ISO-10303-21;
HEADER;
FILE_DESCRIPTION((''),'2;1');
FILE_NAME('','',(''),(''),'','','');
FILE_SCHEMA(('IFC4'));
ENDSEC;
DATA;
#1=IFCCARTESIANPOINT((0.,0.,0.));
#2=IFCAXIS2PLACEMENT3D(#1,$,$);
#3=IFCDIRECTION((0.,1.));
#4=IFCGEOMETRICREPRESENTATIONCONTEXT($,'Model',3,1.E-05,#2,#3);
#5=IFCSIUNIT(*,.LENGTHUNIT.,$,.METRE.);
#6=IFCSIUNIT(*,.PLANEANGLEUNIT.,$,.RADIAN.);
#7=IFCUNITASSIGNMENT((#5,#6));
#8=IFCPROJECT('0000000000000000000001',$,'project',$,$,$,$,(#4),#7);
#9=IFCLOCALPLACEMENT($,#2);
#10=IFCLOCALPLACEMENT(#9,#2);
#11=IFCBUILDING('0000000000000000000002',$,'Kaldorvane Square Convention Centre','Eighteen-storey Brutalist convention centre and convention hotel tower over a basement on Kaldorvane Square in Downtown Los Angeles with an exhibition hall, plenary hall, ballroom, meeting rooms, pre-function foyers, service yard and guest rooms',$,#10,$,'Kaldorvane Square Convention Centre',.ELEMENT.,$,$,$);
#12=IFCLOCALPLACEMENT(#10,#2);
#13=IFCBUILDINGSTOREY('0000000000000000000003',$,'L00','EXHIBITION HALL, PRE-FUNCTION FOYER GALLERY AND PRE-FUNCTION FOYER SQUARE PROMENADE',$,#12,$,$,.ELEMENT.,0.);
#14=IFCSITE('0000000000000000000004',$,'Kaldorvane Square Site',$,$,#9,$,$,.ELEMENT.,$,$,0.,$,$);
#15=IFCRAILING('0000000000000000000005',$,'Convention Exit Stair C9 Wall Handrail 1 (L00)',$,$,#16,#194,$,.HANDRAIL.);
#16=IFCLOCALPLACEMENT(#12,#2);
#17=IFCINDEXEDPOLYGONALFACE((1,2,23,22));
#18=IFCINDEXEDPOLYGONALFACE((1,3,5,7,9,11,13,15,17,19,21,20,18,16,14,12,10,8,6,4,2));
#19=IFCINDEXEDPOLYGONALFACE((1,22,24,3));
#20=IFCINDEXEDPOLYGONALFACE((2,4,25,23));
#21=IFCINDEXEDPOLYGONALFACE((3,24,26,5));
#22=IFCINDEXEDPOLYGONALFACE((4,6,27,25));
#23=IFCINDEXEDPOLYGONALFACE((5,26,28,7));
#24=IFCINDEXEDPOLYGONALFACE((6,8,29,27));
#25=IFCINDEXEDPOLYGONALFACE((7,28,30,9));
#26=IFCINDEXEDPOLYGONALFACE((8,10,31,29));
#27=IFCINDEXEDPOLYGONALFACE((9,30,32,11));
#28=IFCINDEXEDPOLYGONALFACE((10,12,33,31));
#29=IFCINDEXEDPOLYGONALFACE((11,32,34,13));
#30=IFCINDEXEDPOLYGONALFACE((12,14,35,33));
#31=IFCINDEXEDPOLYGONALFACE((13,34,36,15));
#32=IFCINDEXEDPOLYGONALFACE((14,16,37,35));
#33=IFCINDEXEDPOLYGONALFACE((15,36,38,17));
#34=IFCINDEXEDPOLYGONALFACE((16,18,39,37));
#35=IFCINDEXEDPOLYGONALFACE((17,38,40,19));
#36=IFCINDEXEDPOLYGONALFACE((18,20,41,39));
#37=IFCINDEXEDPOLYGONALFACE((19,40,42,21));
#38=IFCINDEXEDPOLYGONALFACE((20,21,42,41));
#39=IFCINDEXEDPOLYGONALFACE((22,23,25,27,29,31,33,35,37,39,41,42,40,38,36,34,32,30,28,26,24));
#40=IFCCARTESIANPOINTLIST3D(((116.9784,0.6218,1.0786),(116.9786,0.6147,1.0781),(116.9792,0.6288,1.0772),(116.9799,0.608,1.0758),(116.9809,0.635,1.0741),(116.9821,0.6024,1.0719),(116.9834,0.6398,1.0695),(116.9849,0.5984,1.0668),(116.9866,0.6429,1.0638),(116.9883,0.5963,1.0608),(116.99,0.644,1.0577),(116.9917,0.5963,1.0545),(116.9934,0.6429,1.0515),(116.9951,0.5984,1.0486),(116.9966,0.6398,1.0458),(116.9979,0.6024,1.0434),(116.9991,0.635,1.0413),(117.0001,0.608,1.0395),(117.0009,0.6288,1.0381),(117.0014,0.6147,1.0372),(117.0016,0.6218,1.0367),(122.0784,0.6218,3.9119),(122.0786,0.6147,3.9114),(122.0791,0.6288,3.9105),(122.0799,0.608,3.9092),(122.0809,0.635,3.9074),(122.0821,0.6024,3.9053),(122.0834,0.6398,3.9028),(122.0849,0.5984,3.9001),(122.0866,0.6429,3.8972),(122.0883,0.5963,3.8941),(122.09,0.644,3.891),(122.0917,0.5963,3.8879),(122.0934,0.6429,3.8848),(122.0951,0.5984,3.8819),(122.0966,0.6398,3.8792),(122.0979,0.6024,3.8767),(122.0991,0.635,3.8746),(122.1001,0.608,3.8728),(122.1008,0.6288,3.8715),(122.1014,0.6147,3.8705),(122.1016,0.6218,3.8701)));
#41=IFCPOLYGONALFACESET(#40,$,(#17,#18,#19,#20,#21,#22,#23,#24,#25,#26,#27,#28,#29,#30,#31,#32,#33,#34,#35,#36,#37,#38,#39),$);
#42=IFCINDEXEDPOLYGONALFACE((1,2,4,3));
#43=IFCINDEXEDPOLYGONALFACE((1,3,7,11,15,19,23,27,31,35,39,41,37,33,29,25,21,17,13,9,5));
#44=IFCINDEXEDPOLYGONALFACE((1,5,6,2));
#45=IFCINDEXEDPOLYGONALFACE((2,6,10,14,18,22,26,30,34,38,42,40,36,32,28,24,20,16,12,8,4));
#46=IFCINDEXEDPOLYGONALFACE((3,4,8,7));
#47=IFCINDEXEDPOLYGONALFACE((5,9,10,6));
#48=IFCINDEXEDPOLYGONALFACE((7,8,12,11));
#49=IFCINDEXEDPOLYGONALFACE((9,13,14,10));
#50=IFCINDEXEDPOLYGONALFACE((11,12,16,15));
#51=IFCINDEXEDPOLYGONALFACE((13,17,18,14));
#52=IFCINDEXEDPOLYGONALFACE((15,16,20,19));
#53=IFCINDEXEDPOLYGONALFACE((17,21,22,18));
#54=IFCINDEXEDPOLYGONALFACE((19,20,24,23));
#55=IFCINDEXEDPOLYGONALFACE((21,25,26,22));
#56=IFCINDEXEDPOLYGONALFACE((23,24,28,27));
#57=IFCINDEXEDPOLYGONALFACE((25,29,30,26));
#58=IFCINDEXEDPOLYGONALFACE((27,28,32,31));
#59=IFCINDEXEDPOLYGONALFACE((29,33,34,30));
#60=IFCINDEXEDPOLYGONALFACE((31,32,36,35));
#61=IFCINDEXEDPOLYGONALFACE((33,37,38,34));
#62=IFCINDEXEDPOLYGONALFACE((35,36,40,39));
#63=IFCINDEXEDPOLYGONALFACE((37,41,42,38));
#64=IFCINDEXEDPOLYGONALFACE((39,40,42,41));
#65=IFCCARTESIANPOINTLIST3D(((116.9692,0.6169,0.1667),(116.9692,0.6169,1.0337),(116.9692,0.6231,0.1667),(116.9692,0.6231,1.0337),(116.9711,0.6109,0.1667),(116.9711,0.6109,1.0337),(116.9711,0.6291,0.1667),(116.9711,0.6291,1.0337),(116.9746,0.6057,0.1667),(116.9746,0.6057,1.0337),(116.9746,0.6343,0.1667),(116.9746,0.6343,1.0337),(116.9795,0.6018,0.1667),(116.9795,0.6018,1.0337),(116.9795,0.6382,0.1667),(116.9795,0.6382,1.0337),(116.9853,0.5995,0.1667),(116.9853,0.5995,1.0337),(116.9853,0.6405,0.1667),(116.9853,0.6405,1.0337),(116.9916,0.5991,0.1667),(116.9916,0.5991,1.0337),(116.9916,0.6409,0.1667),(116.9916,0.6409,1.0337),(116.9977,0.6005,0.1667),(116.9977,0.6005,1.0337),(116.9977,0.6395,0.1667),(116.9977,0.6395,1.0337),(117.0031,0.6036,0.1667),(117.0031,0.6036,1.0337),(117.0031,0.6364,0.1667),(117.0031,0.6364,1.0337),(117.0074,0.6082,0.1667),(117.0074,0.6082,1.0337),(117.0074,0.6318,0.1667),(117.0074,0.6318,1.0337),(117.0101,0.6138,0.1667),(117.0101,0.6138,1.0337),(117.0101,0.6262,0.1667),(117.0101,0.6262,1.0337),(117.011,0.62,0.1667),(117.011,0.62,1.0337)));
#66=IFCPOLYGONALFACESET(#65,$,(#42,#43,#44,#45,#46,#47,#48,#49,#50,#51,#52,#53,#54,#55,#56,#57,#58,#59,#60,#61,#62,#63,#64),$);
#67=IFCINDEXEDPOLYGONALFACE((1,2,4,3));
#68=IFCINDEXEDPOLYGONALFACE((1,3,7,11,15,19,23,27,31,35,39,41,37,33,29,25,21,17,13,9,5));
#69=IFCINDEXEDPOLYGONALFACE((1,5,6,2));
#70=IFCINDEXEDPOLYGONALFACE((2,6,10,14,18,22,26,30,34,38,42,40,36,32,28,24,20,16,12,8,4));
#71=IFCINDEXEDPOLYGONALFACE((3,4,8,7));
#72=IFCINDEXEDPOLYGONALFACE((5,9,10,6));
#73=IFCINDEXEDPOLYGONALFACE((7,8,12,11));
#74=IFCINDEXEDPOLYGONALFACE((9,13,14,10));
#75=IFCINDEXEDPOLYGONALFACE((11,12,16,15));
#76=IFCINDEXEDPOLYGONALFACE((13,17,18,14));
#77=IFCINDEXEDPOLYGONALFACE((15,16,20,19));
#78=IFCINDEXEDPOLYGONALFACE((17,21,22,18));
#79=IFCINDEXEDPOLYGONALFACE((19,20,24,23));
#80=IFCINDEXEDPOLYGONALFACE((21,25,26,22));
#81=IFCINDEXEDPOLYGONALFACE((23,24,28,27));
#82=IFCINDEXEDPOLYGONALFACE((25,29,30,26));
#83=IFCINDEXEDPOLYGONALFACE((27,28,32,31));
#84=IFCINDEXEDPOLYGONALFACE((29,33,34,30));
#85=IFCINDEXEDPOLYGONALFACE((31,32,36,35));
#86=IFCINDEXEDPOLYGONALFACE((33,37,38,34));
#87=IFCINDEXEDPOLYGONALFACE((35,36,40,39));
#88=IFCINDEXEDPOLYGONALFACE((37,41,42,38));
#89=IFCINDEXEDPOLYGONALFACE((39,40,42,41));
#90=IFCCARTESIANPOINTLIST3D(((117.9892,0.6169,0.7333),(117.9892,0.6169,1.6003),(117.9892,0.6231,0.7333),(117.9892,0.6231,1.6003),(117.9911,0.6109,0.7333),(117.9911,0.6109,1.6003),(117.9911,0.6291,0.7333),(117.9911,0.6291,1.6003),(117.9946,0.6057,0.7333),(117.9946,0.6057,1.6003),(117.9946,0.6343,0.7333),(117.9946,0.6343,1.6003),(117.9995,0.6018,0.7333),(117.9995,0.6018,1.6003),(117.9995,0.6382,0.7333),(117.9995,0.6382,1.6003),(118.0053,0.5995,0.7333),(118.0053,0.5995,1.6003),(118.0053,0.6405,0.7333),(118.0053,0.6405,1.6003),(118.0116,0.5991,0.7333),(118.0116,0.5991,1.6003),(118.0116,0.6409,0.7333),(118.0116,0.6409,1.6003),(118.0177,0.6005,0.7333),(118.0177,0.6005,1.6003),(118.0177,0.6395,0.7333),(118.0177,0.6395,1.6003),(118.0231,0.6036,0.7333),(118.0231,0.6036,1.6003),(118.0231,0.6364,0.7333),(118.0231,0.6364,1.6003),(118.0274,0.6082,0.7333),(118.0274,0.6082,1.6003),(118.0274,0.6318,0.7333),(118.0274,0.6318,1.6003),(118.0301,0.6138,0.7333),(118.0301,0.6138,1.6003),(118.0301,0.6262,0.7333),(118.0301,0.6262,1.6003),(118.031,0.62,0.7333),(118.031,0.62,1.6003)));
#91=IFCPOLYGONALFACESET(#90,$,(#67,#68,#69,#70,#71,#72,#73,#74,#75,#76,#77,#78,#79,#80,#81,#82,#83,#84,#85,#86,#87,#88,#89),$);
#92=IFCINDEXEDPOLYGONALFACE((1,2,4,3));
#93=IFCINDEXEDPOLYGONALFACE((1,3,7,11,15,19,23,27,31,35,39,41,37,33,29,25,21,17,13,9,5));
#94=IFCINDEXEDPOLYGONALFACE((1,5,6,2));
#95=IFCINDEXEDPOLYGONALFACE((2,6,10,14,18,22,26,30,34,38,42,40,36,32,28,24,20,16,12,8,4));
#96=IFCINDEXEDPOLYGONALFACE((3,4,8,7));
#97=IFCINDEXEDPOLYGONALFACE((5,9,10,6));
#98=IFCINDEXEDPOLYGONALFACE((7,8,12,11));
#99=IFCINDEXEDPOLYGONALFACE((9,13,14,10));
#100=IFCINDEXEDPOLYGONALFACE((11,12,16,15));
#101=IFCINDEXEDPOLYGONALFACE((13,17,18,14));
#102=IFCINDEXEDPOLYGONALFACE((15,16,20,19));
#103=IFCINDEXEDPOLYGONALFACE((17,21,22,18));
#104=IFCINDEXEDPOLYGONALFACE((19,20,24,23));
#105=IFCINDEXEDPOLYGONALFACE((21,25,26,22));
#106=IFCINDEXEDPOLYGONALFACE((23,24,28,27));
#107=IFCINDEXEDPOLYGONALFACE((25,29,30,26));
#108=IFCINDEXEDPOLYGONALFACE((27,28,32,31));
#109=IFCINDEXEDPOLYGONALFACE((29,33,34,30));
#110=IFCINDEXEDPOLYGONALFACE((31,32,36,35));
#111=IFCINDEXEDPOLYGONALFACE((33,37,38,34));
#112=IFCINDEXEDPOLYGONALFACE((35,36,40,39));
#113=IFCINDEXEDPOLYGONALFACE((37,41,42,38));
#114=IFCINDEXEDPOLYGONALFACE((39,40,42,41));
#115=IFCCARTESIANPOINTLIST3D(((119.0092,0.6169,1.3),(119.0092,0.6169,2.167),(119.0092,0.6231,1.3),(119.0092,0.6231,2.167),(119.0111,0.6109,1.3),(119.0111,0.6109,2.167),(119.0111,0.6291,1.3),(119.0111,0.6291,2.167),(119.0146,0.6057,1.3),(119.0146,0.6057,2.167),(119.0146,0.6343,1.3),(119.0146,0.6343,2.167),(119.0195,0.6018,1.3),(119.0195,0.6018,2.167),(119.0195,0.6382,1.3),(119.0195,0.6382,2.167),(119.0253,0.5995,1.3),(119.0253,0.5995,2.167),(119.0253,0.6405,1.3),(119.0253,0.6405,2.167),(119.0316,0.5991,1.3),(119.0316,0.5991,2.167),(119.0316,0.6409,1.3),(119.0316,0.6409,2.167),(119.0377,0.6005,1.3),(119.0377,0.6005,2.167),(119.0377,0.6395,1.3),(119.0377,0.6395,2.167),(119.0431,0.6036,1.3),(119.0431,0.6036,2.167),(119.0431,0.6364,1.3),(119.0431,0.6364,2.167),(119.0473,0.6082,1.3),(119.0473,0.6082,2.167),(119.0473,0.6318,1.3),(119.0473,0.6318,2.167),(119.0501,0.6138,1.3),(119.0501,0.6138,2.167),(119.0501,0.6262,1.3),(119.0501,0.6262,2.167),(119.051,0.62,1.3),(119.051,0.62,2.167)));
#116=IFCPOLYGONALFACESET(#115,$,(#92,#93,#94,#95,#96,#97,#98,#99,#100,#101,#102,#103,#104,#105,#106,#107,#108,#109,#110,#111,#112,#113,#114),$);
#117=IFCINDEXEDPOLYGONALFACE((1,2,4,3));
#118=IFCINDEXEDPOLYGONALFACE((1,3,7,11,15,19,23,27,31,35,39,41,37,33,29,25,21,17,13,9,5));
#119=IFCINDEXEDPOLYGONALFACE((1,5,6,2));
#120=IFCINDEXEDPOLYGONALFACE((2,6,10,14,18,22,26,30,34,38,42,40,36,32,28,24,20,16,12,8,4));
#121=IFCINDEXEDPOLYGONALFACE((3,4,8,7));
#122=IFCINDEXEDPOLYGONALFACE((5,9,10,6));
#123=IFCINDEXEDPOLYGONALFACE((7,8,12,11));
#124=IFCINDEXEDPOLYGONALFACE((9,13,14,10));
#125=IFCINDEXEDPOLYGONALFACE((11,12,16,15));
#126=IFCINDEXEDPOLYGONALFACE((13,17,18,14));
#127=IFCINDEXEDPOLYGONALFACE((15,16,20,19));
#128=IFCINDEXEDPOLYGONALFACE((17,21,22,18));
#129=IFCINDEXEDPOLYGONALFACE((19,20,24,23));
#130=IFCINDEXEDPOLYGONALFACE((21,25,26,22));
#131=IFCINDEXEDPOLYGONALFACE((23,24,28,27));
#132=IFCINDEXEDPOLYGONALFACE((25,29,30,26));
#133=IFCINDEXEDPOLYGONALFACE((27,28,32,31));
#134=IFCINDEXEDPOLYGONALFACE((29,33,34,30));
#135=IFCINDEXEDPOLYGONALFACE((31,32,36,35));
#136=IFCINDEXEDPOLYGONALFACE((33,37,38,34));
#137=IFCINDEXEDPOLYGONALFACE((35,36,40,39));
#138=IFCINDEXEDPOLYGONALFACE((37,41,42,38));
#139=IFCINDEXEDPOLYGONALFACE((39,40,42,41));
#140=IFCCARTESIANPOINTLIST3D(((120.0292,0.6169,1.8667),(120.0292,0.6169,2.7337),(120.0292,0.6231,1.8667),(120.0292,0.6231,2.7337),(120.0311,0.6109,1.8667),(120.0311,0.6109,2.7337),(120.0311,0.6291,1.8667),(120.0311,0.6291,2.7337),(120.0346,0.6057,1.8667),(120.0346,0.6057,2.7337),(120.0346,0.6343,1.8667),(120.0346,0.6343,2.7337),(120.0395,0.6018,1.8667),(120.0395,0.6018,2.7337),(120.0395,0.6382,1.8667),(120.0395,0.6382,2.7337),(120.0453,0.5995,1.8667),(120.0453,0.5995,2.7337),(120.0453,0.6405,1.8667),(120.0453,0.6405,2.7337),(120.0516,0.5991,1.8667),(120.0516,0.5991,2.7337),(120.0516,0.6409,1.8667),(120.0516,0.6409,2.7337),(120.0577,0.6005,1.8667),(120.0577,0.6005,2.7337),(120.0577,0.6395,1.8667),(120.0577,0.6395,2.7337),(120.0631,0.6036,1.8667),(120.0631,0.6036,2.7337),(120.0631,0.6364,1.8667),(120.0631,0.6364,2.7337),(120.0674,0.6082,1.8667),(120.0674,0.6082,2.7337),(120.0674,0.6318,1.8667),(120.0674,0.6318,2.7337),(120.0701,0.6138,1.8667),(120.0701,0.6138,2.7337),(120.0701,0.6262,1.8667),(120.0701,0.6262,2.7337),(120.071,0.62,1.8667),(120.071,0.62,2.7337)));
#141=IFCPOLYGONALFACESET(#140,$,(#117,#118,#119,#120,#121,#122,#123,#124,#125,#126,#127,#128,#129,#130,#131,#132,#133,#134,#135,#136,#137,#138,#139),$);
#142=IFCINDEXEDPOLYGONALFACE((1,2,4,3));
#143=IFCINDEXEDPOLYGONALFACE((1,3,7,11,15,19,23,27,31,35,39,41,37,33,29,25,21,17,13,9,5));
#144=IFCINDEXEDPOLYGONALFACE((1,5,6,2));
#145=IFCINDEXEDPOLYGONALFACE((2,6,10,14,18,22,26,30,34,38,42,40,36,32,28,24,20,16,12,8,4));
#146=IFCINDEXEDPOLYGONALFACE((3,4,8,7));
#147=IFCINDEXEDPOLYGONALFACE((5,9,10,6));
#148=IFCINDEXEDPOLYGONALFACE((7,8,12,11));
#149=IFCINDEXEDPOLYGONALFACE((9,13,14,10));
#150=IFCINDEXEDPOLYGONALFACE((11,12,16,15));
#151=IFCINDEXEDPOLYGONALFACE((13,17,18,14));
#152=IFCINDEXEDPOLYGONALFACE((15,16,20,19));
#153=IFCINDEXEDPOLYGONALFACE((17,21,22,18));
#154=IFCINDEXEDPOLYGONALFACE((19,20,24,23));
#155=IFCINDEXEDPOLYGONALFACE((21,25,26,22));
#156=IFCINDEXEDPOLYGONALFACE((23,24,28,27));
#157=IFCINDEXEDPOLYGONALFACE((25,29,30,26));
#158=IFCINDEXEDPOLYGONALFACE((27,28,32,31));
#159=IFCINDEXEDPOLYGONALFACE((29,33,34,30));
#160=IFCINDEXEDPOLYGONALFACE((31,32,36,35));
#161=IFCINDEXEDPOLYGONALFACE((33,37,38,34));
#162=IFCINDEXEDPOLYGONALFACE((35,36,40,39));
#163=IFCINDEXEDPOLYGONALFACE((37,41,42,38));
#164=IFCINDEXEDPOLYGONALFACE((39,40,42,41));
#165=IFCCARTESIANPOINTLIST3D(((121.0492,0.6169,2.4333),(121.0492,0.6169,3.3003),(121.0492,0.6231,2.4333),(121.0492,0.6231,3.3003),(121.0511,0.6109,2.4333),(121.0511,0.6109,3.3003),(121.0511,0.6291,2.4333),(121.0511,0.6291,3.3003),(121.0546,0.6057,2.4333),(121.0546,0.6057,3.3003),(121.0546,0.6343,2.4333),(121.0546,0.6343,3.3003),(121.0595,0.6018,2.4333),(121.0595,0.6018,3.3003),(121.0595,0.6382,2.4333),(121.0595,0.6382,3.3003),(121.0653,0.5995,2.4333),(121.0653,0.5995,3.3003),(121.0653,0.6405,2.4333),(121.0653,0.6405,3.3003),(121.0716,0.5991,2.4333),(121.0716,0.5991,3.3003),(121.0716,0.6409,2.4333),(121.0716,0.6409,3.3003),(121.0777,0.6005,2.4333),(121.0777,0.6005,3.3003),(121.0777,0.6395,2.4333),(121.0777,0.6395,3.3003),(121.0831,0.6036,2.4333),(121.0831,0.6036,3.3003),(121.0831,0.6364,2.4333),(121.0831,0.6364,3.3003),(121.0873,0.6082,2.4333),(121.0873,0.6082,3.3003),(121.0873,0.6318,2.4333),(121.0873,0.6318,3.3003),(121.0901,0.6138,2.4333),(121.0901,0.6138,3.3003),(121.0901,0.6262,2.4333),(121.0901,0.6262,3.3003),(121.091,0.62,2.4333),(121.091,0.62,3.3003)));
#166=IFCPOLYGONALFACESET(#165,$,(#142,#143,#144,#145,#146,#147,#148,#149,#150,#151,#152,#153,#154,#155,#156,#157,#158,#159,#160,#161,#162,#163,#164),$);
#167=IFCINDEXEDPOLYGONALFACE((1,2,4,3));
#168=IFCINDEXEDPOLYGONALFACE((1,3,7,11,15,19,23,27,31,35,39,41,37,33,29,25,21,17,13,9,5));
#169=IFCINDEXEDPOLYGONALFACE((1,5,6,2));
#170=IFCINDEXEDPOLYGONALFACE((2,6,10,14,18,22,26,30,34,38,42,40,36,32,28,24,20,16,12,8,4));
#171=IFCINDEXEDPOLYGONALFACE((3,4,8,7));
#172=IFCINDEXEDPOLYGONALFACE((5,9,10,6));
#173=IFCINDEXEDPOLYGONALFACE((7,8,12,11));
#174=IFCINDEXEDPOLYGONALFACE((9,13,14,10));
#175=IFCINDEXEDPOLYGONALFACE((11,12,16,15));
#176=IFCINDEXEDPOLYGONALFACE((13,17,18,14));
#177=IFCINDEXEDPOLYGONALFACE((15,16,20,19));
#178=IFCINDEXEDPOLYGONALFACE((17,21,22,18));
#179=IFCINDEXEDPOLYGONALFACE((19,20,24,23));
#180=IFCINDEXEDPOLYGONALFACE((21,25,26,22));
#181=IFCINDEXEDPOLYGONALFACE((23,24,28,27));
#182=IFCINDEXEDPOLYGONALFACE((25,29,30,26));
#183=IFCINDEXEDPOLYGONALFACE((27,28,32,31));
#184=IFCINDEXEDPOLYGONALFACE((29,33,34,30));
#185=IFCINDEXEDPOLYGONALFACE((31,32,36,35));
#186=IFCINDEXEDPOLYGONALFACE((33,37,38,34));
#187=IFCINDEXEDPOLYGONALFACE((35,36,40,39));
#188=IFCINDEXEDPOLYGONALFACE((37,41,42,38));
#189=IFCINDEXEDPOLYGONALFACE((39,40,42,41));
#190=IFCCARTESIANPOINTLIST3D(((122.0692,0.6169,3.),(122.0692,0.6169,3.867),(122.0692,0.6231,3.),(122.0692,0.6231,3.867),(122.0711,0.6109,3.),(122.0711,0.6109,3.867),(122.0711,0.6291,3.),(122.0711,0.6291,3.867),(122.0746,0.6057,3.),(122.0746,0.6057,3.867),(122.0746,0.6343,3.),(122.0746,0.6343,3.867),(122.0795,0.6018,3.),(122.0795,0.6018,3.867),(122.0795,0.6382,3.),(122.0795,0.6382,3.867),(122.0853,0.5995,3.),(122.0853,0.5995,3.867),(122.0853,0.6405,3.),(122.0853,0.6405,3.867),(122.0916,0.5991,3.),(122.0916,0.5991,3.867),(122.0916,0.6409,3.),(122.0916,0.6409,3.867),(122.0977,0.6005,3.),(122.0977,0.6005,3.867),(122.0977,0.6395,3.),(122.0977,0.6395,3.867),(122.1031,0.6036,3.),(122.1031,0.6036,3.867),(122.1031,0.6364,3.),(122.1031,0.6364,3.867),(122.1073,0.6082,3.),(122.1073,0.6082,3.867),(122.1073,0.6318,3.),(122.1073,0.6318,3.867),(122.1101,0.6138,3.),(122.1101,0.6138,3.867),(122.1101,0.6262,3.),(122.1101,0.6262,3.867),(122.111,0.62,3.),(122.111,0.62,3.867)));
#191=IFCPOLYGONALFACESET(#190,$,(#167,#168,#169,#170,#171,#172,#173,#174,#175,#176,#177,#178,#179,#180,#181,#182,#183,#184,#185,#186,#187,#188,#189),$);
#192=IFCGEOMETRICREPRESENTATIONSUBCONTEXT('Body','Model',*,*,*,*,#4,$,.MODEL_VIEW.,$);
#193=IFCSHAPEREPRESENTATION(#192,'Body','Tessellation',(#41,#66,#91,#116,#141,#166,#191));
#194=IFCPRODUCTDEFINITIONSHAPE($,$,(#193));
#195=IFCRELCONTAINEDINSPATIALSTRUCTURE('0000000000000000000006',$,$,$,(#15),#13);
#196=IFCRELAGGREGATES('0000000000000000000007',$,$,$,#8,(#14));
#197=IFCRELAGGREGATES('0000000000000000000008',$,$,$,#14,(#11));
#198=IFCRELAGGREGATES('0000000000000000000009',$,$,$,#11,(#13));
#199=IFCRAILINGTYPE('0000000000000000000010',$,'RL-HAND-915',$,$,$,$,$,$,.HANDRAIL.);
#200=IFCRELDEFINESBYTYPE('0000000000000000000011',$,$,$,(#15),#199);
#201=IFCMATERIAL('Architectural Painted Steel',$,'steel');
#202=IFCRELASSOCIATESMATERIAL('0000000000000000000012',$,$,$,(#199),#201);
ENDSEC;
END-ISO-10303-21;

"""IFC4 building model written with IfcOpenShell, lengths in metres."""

from ifc_helpers import new_model, si_unit, direction, frame, origin, origin_2d, place, context, subcontext, project, spatial, circle, extrude, material, type_object, element, save


model = new_model("IFC4")

# Units and contexts
model_context = context("Model", 3, precision=1e-05, world=origin(), true_north=direction((0.0, 1.0)))
body_context = subcontext(model_context, "Body", "Model", "MODEL_VIEW")
ifc_project = project(units=[si_unit("LENGTHUNIT", "METRE"), si_unit("PLANEANGLEUNIT", "RADIAN")], contexts=[model_context])

# Site, building, storey
site_placement = place(None, origin())
site = spatial("IfcSite", under=ifc_project, at=site_placement, Name="Kaldorvane Square Site", CompositionType="ELEMENT", RefElevation=0.0)
building_placement = place(site_placement, origin())
building = spatial("IfcBuilding", under=site, at=building_placement, Name="Kaldorvane Square Convention Centre", Description="Eighteen-storey Brutalist convention centre and convention hotel tower over a basement on Kaldorvane Square in Downtown Los Angeles with an exhibition hall, plenary hall, ballroom, meeting rooms, pre-function foyers, service yard and guest rooms", LongName="Kaldorvane Square Convention Centre", CompositionType="ELEMENT")
storey_placement = place(building_placement, origin())
storey = spatial("IfcBuildingStorey", under=building, at=storey_placement, Name="L00", Description="EXHIBITION HALL, PRE-FUNCTION FOYER GALLERY AND PRE-FUNCTION FOYER SQUARE PROMENADE", CompositionType="ELEMENT", Elevation=0.0)

# Railing
ifc_material_1 = material(Name="Architectural Painted Steel", Category="steel")
railing_type_1 = type_object("IfcRailingType", Name="RL-HAND-915", PredefinedType="HANDRAIL", material=ifc_material_1)
railing_1_placement = place(storey_placement, frame((116.99, 0.62, 0.1667)))
element("IfcRailing", 1, at=railing_1_placement, inside=storey, type_object=railing_type_1, Name="Convention Exit Stair C9 Wall Handrail 1 (L00)", PredefinedType="HANDRAIL", context=body_context, shape_type="SweptSolid", body=[
    extrude(circle(Radius=0.024, at=origin_2d()), frame((0.0, 0.0, 0.891), z_axis=(0.874157, 0.0, 0.485643), x_axis=(0.0, 1.0, 0.0)), (0.0, 0.0, 1.0), 5.8342),
    extrude(circle(Radius=0.021, at=origin_2d()), origin(), (0.0, 0.0, 1.0), 0.867),
    extrude(circle(Radius=0.021, at=origin_2d()), frame((1.02, 0.0, 0.5667)), (0.0, 0.0, 1.0), 0.867),
    extrude(circle(Radius=0.021, at=origin_2d()), frame((2.04, 0.0, 1.1333)), (0.0, 0.0, 1.0), 0.867),
    extrude(circle(Radius=0.021, at=origin_2d()), frame((3.06, 0.0, 1.7)), (0.0, 0.0, 1.0), 0.867),
    extrude(circle(Radius=0.021, at=origin_2d()), frame((4.08, 0.0, 2.2667)), (0.0, 0.0, 1.0), 0.867),
    extrude(circle(Radius=0.021, at=origin_2d()), frame((5.1, 0.0, 2.8333)), (0.0, 0.0, 1.0), 0.867),
])

save(model, "model.ifc")
